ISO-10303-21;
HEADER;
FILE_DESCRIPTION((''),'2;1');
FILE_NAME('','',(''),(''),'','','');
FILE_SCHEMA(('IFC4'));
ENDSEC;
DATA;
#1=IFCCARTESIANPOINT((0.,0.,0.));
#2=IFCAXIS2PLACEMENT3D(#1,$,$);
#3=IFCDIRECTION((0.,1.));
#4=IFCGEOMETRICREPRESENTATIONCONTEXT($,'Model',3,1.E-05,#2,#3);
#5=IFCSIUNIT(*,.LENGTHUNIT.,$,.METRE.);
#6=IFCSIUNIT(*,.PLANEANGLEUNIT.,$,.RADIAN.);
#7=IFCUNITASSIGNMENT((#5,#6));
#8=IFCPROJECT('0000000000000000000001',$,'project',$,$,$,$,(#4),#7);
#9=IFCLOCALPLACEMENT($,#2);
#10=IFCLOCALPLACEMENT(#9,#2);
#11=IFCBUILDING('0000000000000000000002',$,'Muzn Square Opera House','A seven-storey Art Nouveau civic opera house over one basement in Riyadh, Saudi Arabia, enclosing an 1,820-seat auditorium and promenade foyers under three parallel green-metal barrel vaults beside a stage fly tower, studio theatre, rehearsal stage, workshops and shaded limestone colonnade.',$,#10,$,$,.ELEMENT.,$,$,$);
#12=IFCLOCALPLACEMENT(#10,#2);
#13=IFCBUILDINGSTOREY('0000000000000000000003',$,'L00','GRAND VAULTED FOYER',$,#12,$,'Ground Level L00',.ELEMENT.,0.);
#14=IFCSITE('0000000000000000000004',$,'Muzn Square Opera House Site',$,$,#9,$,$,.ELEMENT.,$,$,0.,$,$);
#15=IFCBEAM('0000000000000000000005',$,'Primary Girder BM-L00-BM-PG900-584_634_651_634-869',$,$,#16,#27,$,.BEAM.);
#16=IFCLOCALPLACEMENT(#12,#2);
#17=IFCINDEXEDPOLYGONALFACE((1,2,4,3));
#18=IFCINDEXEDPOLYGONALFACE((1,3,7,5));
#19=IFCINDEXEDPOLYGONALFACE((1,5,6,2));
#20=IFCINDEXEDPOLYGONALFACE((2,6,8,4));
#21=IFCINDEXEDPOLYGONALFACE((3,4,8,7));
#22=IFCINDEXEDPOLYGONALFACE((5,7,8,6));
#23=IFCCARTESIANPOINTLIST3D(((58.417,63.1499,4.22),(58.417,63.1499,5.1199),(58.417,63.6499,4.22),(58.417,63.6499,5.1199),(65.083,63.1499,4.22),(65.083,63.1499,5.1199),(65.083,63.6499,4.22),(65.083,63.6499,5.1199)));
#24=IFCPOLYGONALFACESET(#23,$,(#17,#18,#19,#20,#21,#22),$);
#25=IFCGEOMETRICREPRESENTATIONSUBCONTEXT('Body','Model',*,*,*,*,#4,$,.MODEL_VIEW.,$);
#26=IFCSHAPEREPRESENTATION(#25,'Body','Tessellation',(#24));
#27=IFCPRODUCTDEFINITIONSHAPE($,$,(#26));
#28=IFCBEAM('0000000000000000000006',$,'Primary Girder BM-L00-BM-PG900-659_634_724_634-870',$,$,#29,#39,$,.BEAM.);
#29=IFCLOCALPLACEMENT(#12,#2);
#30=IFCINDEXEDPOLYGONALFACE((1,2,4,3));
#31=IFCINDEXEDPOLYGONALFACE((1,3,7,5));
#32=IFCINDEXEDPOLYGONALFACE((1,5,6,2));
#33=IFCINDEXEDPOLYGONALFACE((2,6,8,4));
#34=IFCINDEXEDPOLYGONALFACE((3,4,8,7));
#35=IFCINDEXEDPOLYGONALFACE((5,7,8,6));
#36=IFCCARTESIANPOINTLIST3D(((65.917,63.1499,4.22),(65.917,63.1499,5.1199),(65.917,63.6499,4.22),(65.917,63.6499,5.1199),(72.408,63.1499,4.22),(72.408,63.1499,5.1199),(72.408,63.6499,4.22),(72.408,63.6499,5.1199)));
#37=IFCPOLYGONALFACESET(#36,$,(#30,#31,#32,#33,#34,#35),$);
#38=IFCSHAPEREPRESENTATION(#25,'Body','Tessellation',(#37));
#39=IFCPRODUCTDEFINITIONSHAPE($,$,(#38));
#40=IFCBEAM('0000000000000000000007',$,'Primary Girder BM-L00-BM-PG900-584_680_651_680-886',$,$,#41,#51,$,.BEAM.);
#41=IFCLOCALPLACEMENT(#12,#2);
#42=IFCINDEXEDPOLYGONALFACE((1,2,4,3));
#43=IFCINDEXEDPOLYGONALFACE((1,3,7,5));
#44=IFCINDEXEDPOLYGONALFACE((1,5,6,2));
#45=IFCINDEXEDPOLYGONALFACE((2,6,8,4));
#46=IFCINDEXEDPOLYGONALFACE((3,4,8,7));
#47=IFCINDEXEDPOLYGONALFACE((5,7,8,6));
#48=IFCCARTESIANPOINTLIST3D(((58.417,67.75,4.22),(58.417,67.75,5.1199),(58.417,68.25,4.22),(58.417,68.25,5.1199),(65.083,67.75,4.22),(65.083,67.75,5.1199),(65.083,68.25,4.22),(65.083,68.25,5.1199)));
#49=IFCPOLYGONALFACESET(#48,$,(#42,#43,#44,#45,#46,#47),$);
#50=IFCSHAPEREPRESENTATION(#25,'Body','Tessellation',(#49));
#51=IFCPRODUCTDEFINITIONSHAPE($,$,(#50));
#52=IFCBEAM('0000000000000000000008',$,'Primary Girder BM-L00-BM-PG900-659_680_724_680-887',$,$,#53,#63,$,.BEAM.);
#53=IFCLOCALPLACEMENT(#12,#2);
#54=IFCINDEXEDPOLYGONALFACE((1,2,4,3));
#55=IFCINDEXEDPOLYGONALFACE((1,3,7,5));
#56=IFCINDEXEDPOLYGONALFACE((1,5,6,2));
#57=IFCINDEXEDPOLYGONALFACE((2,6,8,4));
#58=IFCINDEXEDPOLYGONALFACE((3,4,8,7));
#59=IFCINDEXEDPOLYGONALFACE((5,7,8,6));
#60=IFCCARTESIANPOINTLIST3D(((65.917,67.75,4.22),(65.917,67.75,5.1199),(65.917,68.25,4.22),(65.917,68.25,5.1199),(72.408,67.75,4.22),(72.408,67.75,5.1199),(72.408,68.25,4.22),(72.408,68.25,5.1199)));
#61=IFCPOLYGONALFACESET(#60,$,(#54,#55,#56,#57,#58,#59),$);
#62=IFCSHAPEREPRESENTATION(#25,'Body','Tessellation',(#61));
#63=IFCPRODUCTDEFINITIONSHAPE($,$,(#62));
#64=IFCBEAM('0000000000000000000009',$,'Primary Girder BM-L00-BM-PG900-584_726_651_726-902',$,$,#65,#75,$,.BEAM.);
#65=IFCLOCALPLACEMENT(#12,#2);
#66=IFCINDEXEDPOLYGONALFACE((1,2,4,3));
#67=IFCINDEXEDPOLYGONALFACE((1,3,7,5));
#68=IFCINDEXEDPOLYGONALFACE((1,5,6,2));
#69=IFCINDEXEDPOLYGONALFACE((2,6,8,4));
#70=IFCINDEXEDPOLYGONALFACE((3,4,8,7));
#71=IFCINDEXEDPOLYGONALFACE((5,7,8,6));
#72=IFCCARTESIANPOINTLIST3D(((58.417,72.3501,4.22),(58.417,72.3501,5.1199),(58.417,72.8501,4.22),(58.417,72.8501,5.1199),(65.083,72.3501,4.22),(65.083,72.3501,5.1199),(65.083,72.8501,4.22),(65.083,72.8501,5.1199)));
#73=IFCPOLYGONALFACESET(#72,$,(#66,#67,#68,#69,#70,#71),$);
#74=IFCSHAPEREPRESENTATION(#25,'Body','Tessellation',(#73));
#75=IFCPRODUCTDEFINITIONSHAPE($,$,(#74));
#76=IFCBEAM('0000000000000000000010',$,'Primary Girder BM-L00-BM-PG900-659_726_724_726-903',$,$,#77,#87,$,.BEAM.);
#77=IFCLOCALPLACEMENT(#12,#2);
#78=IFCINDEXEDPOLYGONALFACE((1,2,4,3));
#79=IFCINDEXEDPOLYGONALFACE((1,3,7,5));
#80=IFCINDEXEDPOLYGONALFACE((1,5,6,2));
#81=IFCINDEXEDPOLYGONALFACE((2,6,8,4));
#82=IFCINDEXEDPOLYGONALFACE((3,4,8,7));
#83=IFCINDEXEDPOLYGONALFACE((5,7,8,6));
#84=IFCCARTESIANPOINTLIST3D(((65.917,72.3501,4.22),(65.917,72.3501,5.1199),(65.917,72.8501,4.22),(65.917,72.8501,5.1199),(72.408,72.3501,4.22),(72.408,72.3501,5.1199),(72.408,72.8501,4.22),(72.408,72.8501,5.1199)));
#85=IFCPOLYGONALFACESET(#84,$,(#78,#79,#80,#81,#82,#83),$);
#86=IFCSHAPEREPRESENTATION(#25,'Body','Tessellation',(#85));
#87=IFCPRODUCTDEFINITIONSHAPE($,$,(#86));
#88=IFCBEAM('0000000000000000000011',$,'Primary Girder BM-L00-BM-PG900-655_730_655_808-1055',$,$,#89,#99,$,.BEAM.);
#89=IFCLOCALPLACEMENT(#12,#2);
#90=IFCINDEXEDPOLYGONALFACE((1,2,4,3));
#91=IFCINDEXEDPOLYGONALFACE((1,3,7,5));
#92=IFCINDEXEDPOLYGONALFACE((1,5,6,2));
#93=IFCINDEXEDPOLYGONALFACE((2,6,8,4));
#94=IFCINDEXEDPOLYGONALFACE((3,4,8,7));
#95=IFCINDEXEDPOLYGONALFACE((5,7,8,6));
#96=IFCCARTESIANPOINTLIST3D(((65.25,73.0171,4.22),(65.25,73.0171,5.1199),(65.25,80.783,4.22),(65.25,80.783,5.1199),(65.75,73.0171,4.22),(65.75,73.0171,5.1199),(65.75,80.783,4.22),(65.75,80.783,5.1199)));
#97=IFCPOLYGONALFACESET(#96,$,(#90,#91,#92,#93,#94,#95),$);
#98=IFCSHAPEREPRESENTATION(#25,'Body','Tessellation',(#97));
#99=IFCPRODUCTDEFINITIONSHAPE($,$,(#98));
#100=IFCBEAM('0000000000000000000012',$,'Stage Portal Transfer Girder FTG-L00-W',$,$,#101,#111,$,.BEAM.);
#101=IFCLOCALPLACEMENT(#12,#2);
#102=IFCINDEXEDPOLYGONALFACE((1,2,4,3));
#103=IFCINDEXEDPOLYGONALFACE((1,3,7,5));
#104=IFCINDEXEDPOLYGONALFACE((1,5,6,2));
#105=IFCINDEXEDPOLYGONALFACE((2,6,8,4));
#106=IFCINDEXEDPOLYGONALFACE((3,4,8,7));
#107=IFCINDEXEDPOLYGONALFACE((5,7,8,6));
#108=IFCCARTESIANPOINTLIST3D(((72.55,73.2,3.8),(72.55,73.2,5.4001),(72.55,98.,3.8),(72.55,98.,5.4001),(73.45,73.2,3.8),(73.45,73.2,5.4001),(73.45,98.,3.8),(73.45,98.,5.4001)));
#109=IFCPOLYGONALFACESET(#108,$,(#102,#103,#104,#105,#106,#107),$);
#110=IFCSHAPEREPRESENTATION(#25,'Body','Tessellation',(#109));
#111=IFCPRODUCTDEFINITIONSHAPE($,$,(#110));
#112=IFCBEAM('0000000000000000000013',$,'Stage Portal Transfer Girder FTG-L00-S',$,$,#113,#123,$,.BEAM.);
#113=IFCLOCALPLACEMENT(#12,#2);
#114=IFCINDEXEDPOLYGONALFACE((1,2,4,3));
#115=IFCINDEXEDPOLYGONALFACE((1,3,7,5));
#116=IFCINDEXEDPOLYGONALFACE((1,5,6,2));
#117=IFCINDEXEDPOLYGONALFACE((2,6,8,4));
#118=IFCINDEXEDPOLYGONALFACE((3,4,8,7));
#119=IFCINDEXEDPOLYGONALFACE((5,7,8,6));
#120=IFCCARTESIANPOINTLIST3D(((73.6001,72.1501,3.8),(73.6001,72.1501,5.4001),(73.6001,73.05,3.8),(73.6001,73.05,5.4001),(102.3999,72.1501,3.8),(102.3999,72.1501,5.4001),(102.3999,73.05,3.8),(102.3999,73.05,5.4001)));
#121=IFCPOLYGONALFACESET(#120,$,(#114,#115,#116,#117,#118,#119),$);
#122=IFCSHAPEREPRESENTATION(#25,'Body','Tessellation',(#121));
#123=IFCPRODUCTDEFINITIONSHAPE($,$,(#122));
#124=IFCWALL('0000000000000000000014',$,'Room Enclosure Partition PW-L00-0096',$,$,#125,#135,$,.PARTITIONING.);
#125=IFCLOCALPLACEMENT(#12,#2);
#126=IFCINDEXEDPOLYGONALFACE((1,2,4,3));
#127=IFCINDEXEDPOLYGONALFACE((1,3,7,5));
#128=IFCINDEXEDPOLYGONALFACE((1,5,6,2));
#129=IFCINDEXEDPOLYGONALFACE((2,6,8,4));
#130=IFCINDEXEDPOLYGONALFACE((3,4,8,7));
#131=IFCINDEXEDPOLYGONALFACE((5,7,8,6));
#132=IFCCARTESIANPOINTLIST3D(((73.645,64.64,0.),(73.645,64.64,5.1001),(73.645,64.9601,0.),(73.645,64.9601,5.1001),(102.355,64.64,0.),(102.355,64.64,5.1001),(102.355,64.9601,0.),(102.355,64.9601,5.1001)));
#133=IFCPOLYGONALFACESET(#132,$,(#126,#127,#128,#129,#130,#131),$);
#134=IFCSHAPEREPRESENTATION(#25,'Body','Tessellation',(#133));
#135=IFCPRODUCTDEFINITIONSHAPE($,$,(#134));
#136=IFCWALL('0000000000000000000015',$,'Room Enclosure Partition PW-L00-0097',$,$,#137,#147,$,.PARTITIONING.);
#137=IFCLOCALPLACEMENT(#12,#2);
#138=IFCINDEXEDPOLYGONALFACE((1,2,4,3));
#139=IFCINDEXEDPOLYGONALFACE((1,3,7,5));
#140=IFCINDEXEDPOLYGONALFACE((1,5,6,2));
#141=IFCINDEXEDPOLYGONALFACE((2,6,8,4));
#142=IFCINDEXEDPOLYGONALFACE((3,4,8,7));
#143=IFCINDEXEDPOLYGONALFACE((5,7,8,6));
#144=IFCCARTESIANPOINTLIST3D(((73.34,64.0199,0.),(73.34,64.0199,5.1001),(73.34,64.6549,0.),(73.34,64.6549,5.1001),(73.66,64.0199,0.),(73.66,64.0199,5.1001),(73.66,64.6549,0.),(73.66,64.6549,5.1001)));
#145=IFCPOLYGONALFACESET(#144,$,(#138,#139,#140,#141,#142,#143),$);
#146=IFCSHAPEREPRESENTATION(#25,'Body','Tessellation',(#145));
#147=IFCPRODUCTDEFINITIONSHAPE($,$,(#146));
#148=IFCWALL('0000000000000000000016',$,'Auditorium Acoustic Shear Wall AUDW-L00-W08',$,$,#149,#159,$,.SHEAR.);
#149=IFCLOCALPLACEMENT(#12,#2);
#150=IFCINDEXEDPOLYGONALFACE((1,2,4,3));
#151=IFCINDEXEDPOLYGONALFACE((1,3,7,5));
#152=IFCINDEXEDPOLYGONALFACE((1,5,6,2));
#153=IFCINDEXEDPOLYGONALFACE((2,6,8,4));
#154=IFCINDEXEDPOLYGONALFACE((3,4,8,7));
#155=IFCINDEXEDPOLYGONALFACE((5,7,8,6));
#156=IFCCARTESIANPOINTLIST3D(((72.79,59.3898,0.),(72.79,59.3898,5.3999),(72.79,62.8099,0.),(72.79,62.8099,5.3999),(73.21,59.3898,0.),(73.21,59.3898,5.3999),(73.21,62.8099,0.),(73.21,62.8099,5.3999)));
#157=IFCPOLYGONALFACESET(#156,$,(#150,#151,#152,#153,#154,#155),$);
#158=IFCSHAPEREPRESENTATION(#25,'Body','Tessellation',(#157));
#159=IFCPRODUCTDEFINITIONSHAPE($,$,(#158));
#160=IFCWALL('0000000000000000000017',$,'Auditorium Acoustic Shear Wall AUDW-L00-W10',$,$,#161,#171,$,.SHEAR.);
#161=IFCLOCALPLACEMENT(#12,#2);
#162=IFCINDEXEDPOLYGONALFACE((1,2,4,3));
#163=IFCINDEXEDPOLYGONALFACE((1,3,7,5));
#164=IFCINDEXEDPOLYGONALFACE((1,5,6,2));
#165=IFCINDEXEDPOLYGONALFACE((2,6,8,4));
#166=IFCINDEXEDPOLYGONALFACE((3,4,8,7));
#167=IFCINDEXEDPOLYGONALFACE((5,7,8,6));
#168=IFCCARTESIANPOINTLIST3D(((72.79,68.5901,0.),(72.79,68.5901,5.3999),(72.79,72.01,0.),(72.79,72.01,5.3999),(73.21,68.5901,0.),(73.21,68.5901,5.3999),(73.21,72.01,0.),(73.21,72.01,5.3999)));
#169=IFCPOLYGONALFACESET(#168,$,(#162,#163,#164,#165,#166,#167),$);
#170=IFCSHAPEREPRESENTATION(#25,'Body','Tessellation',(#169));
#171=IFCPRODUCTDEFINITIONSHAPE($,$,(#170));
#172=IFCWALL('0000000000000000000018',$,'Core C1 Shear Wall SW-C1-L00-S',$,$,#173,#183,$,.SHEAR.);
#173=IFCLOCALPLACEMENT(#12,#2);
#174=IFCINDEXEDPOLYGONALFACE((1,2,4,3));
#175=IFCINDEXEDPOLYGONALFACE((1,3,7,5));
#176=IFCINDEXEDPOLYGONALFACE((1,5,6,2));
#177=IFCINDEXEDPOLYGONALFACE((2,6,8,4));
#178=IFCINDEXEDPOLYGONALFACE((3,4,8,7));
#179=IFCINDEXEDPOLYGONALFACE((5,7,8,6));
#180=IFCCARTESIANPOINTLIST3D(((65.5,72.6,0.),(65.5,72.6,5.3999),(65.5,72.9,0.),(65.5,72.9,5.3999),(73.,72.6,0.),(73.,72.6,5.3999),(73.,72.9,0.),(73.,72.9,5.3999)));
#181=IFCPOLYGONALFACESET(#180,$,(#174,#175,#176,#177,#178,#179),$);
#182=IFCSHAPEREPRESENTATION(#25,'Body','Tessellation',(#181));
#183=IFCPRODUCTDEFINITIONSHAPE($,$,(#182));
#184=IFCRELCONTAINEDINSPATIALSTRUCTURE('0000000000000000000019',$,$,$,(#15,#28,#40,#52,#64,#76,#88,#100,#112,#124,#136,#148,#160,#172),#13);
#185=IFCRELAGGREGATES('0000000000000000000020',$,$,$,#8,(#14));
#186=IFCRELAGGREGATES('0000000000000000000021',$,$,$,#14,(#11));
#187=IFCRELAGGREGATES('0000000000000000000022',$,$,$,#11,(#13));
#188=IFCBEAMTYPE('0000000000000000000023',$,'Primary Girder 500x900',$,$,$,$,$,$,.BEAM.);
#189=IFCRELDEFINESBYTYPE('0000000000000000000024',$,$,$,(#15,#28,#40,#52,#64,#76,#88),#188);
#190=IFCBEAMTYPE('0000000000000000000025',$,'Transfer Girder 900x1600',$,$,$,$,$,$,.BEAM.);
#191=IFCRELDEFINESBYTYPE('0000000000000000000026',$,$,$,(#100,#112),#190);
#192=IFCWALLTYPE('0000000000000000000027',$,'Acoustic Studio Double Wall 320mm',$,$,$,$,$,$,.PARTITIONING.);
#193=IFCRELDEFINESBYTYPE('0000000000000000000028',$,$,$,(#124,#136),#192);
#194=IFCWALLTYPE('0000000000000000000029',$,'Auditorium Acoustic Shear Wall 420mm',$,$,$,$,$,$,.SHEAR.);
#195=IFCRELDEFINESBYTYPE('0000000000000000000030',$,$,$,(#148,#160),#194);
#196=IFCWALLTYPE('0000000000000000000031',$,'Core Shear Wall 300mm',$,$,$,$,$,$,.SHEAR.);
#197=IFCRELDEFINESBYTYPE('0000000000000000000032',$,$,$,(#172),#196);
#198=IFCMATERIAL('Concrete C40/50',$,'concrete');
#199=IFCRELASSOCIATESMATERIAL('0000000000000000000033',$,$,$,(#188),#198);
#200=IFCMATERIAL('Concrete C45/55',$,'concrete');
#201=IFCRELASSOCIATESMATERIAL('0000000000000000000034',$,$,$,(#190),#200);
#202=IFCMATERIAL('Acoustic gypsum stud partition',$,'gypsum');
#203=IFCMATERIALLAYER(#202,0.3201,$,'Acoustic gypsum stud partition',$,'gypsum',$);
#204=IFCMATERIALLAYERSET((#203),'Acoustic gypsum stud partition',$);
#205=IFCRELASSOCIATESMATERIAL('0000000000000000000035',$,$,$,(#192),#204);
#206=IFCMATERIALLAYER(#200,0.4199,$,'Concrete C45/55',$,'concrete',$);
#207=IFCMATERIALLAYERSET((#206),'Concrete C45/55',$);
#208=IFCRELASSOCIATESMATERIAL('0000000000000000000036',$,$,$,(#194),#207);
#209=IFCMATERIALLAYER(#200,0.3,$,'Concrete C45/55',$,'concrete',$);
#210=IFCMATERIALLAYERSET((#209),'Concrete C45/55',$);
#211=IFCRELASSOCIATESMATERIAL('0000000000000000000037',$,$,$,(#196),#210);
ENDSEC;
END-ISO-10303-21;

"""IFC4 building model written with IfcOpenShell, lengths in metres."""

from ifc_helpers import new_model, si_unit, direction, frame, frame_2d, origin, origin_2d, place, context, subcontext, project, spatial, rectangle, extrude, material, layer, layer_set, material_profile, profile_set, type_object, element, save


model = new_model("IFC4")

# Units and contexts
model_context = context("Model", 3, precision=1e-05, world=origin(), true_north=direction((0.0, 1.0)))
body_context = subcontext(model_context, "Body", "Model", "MODEL_VIEW")
ifc_project = project(units=[si_unit("LENGTHUNIT", "METRE"), si_unit("PLANEANGLEUNIT", "RADIAN")], contexts=[model_context])

# Site, building, storey
site_placement = place(None, origin())
site = spatial("IfcSite", under=ifc_project, at=site_placement, Name="Muzn Square Opera House Site", CompositionType="ELEMENT", RefElevation=0.0)
building_placement = place(site_placement, origin())
building = spatial("IfcBuilding", under=site, at=building_placement, Name="Muzn Square Opera House", Description="A seven-storey Art Nouveau civic opera house over one basement in Riyadh, Saudi Arabia, enclosing an 1,820-seat auditorium and promenade foyers under three parallel green-metal barrel vaults beside a stage fly tower, studio theatre, rehearsal stage, workshops and shaded limestone colonnade.", CompositionType="ELEMENT")
storey_placement = place(building_placement, origin())
storey = spatial("IfcBuildingStorey", under=building, at=storey_placement, Name="L00", Description="GRAND VAULTED FOYER", LongName="Ground Level L00", CompositionType="ELEMENT", Elevation=0.0)

# Shared definitions
ifc_material_1 = material(Name="Concrete C45/55", Category="concrete")

# Beams
ifc_material_2 = material(Name="Concrete C40/50", Category="concrete")
ifc_material_profile_1 = material_profile(ifc_material_2, rectangle(XDim=0.5, YDim=0.8999, at=origin_2d()), Name="RCB 500x900", Category="concrete")
ifc_profile_set_1 = profile_set([ifc_material_profile_1], Name="Concrete C40/50")
beam_type_1 = type_object("IfcBeamType", Name="Primary Girder 500x900", PredefinedType="BEAM", material=ifc_profile_set_1)
beam_1_placement = place(storey_placement, frame((58.417, 63.3999, 4.6699), z_axis=(1.0, 0.0, 0.0), x_axis=(0.0, 1.0, 0.0)))
element("IfcBeam", 1, at=beam_1_placement, inside=storey, type_object=beam_type_1, Name="Primary Girder BM-L00-BM-PG900-584_634_651_634-869", PredefinedType="BEAM", context=body_context, shape_type="SweptSolid", body=[
    extrude(rectangle(XDim=0.5, YDim=0.8999, at=origin_2d()), origin(), (0.0, 0.0, 1.0), 6.666),
])
beam_2_placement = place(storey_placement, frame((65.917, 63.3999, 4.6699), z_axis=(1.0, 0.0, 0.0), x_axis=(0.0, 1.0, 0.0)))
element("IfcBeam", 2, at=beam_2_placement, inside=storey, type_object=beam_type_1, Name="Primary Girder BM-L00-BM-PG900-659_634_724_634-870", PredefinedType="BEAM", context=body_context, shape_type="SweptSolid", body=[
    extrude(rectangle(XDim=0.5, YDim=0.8999, at=origin_2d()), origin(), (0.0, 0.0, 1.0), 6.491),
])
beam_3_placement = place(storey_placement, frame((58.417, 68.0, 4.6699), z_axis=(1.0, 0.0, 0.0), x_axis=(0.0, 1.0, 0.0)))
element("IfcBeam", 3, at=beam_3_placement, inside=storey, type_object=beam_type_1, Name="Primary Girder BM-L00-BM-PG900-584_680_651_680-886", PredefinedType="BEAM", context=body_context, shape_type="SweptSolid", body=[
    extrude(rectangle(XDim=0.5, YDim=0.8999, at=origin_2d()), origin(), (0.0, 0.0, 1.0), 6.666),
])
beam_4_placement = place(storey_placement, frame((65.917, 68.0, 4.6699), z_axis=(1.0, 0.0, 0.0), x_axis=(0.0, 1.0, 0.0)))
element("IfcBeam", 4, at=beam_4_placement, inside=storey, type_object=beam_type_1, Name="Primary Girder BM-L00-BM-PG900-659_680_724_680-887", PredefinedType="BEAM", context=body_context, shape_type="SweptSolid", body=[
    extrude(rectangle(XDim=0.5, YDim=0.8999, at=origin_2d()), origin(), (0.0, 0.0, 1.0), 6.491),
])
beam_5_placement = place(storey_placement, frame((58.417, 72.6001, 4.6699), z_axis=(1.0, 0.0, 0.0), x_axis=(0.0, 1.0, 0.0)))
element("IfcBeam", 5, at=beam_5_placement, inside=storey, type_object=beam_type_1, Name="Primary Girder BM-L00-BM-PG900-584_726_651_726-902", PredefinedType="BEAM", context=body_context, shape_type="SweptSolid", body=[
    extrude(rectangle(XDim=0.5, YDim=0.8999, at=origin_2d()), origin(), (0.0, 0.0, 1.0), 6.666),
])
beam_6_placement = place(storey_placement, frame((65.917, 72.6001, 4.6699), z_axis=(1.0, 0.0, 0.0), x_axis=(0.0, 1.0, 0.0)))
element("IfcBeam", 6, at=beam_6_placement, inside=storey, type_object=beam_type_1, Name="Primary Girder BM-L00-BM-PG900-659_726_724_726-903", PredefinedType="BEAM", context=body_context, shape_type="SweptSolid", body=[
    extrude(rectangle(XDim=0.5, YDim=0.8999, at=origin_2d()), origin(), (0.0, 0.0, 1.0), 6.491),
])
beam_7_placement = place(storey_placement, frame((65.5, 73.0171, 4.6699), z_axis=(0.0, 1.0, 0.0), x_axis=(-1.0, 0.0, 0.0)))
element("IfcBeam", 7, at=beam_7_placement, inside=storey, type_object=beam_type_1, Name="Primary Girder BM-L00-BM-PG900-655_730_655_808-1055", PredefinedType="BEAM", context=body_context, shape_type="SweptSolid", body=[
    extrude(rectangle(XDim=0.5, YDim=0.8999, at=origin_2d()), origin(), (0.0, 0.0, 1.0), 7.7659),
])
ifc_material_profile_2 = material_profile(ifc_material_1, rectangle(XDim=0.8999, YDim=1.6001, at=origin_2d()), Name="RCB 900x1600", Category="concrete")
ifc_profile_set_2 = profile_set([ifc_material_profile_2], Name="Concrete C45/55")
beam_type_2 = type_object("IfcBeamType", Name="Transfer Girder 900x1600", PredefinedType="BEAM", material=ifc_profile_set_2)
beam_8_placement = place(storey_placement, frame((73.0, 73.2, 4.6001), z_axis=(0.0, 1.0, 0.0), x_axis=(-1.0, 0.0, 0.0)))
element("IfcBeam", 8, at=beam_8_placement, inside=storey, type_object=beam_type_2, Name="Stage Portal Transfer Girder FTG-L00-W", PredefinedType="BEAM", context=body_context, shape_type="SweptSolid", body=[
    extrude(rectangle(XDim=0.8999, YDim=1.6001, at=origin_2d()), origin(), (0.0, 0.0, 1.0), 24.8),
])
beam_9_placement = place(storey_placement, frame((73.6001, 72.6001, 4.6001), z_axis=(1.0, 0.0, 0.0), x_axis=(0.0, 1.0, 0.0)))
element("IfcBeam", 9, at=beam_9_placement, inside=storey, type_object=beam_type_2, Name="Stage Portal Transfer Girder FTG-L00-S", PredefinedType="BEAM", context=body_context, shape_type="SweptSolid", body=[
    extrude(rectangle(XDim=0.8999, YDim=1.6001, at=origin_2d()), origin(), (0.0, 0.0, 1.0), 28.7998),
])

# Walls
ifc_material_3 = material(Name="Acoustic gypsum stud partition", Category="gypsum")
ifc_layer_1 = layer(ifc_material_3, 0.3201, Name="Acoustic gypsum stud partition", Category="gypsum")
ifc_layer_set_1 = layer_set([ifc_layer_1], Name="Acoustic gypsum stud partition")
wall_type_1 = type_object("IfcWallType", Name="Acoustic Studio Double Wall 320mm", PredefinedType="PARTITIONING", material=ifc_layer_set_1)
wall_1_placement = place(storey_placement, frame((73.645, 64.8, 0.0), z_axis=(0.0, 0.0, 1.0), x_axis=(1.0, 0.0, 0.0)))
element("IfcWall", 10, at=wall_1_placement, inside=storey, type_object=wall_type_1, Name="Room Enclosure Partition PW-L00-0096", PredefinedType="PARTITIONING", context=body_context, shape_type="SweptSolid", body=[
    extrude(rectangle(XDim=28.71, YDim=0.3201, at=frame_2d((14.355, 0.0))), origin(), (0.0, 0.0, 1.0), 5.1001),
])
wall_2_placement = place(storey_placement, frame((73.5, 64.02, 0.0), z_axis=(0.0, 0.0, 1.0), x_axis=(0.0, 1.0, 0.0)))
element("IfcWall", 11, at=wall_2_placement, inside=storey, type_object=wall_type_1, Name="Room Enclosure Partition PW-L00-0097", PredefinedType="PARTITIONING", context=body_context, shape_type="SweptSolid", body=[
    extrude(rectangle(XDim=0.635, YDim=0.3201, at=frame_2d((0.3174, 0.0))), origin(), (0.0, 0.0, 1.0), 5.1001),
])
ifc_layer_2 = layer(ifc_material_1, 0.4199, Name="Concrete C45/55", Category="concrete")
ifc_layer_set_2 = layer_set([ifc_layer_2], Name="Concrete C45/55")
wall_type_2 = type_object("IfcWallType", Name="Auditorium Acoustic Shear Wall 420mm", PredefinedType="SHEAR", material=ifc_layer_set_2)
wall_3_placement = place(storey_placement, frame((73.0, 59.3899, 0.0), z_axis=(0.0, 0.0, 1.0), x_axis=(0.0, 1.0, 0.0)))
element("IfcWall", 12, at=wall_3_placement, inside=storey, type_object=wall_type_2, Name="Auditorium Acoustic Shear Wall AUDW-L00-W08", PredefinedType="SHEAR", context=body_context, shape_type="SweptSolid", body=[
    extrude(rectangle(XDim=3.4202, YDim=0.4199, at=frame_2d((1.71, 0.0))), origin(), (0.0, 0.0, 1.0), 5.3999),
])
wall_4_placement = place(storey_placement, frame((73.0, 68.5901, 0.0), z_axis=(0.0, 0.0, 1.0), x_axis=(0.0, 1.0, 0.0)))
element("IfcWall", 13, at=wall_4_placement, inside=storey, type_object=wall_type_2, Name="Auditorium Acoustic Shear Wall AUDW-L00-W10", PredefinedType="SHEAR", context=body_context, shape_type="SweptSolid", body=[
    extrude(rectangle(XDim=3.4199, YDim=0.4199, at=frame_2d((1.71, 0.0))), origin(), (0.0, 0.0, 1.0), 5.3999),
])
ifc_layer_3 = layer(ifc_material_1, 0.3, Name="Concrete C45/55", Category="concrete")
ifc_layer_set_3 = layer_set([ifc_layer_3], Name="Concrete C45/55")
wall_type_3 = type_object("IfcWallType", Name="Core Shear Wall 300mm", PredefinedType="SHEAR", material=ifc_layer_set_3)
wall_5_placement = place(storey_placement, frame((65.5, 72.75, 0.0), z_axis=(0.0, 0.0, 1.0), x_axis=(1.0, 0.0, 0.0)))
element("IfcWall", 14, at=wall_5_placement, inside=storey, type_object=wall_type_3, Name="Core C1 Shear Wall SW-C1-L00-S", PredefinedType="SHEAR", context=body_context, shape_type="SweptSolid", body=[
    extrude(rectangle(XDim=7.5, YDim=0.3, at=frame_2d((3.75, 0.0))), origin(), (0.0, 0.0, 1.0), 5.3999),
])

save(model, "model.ifc")
